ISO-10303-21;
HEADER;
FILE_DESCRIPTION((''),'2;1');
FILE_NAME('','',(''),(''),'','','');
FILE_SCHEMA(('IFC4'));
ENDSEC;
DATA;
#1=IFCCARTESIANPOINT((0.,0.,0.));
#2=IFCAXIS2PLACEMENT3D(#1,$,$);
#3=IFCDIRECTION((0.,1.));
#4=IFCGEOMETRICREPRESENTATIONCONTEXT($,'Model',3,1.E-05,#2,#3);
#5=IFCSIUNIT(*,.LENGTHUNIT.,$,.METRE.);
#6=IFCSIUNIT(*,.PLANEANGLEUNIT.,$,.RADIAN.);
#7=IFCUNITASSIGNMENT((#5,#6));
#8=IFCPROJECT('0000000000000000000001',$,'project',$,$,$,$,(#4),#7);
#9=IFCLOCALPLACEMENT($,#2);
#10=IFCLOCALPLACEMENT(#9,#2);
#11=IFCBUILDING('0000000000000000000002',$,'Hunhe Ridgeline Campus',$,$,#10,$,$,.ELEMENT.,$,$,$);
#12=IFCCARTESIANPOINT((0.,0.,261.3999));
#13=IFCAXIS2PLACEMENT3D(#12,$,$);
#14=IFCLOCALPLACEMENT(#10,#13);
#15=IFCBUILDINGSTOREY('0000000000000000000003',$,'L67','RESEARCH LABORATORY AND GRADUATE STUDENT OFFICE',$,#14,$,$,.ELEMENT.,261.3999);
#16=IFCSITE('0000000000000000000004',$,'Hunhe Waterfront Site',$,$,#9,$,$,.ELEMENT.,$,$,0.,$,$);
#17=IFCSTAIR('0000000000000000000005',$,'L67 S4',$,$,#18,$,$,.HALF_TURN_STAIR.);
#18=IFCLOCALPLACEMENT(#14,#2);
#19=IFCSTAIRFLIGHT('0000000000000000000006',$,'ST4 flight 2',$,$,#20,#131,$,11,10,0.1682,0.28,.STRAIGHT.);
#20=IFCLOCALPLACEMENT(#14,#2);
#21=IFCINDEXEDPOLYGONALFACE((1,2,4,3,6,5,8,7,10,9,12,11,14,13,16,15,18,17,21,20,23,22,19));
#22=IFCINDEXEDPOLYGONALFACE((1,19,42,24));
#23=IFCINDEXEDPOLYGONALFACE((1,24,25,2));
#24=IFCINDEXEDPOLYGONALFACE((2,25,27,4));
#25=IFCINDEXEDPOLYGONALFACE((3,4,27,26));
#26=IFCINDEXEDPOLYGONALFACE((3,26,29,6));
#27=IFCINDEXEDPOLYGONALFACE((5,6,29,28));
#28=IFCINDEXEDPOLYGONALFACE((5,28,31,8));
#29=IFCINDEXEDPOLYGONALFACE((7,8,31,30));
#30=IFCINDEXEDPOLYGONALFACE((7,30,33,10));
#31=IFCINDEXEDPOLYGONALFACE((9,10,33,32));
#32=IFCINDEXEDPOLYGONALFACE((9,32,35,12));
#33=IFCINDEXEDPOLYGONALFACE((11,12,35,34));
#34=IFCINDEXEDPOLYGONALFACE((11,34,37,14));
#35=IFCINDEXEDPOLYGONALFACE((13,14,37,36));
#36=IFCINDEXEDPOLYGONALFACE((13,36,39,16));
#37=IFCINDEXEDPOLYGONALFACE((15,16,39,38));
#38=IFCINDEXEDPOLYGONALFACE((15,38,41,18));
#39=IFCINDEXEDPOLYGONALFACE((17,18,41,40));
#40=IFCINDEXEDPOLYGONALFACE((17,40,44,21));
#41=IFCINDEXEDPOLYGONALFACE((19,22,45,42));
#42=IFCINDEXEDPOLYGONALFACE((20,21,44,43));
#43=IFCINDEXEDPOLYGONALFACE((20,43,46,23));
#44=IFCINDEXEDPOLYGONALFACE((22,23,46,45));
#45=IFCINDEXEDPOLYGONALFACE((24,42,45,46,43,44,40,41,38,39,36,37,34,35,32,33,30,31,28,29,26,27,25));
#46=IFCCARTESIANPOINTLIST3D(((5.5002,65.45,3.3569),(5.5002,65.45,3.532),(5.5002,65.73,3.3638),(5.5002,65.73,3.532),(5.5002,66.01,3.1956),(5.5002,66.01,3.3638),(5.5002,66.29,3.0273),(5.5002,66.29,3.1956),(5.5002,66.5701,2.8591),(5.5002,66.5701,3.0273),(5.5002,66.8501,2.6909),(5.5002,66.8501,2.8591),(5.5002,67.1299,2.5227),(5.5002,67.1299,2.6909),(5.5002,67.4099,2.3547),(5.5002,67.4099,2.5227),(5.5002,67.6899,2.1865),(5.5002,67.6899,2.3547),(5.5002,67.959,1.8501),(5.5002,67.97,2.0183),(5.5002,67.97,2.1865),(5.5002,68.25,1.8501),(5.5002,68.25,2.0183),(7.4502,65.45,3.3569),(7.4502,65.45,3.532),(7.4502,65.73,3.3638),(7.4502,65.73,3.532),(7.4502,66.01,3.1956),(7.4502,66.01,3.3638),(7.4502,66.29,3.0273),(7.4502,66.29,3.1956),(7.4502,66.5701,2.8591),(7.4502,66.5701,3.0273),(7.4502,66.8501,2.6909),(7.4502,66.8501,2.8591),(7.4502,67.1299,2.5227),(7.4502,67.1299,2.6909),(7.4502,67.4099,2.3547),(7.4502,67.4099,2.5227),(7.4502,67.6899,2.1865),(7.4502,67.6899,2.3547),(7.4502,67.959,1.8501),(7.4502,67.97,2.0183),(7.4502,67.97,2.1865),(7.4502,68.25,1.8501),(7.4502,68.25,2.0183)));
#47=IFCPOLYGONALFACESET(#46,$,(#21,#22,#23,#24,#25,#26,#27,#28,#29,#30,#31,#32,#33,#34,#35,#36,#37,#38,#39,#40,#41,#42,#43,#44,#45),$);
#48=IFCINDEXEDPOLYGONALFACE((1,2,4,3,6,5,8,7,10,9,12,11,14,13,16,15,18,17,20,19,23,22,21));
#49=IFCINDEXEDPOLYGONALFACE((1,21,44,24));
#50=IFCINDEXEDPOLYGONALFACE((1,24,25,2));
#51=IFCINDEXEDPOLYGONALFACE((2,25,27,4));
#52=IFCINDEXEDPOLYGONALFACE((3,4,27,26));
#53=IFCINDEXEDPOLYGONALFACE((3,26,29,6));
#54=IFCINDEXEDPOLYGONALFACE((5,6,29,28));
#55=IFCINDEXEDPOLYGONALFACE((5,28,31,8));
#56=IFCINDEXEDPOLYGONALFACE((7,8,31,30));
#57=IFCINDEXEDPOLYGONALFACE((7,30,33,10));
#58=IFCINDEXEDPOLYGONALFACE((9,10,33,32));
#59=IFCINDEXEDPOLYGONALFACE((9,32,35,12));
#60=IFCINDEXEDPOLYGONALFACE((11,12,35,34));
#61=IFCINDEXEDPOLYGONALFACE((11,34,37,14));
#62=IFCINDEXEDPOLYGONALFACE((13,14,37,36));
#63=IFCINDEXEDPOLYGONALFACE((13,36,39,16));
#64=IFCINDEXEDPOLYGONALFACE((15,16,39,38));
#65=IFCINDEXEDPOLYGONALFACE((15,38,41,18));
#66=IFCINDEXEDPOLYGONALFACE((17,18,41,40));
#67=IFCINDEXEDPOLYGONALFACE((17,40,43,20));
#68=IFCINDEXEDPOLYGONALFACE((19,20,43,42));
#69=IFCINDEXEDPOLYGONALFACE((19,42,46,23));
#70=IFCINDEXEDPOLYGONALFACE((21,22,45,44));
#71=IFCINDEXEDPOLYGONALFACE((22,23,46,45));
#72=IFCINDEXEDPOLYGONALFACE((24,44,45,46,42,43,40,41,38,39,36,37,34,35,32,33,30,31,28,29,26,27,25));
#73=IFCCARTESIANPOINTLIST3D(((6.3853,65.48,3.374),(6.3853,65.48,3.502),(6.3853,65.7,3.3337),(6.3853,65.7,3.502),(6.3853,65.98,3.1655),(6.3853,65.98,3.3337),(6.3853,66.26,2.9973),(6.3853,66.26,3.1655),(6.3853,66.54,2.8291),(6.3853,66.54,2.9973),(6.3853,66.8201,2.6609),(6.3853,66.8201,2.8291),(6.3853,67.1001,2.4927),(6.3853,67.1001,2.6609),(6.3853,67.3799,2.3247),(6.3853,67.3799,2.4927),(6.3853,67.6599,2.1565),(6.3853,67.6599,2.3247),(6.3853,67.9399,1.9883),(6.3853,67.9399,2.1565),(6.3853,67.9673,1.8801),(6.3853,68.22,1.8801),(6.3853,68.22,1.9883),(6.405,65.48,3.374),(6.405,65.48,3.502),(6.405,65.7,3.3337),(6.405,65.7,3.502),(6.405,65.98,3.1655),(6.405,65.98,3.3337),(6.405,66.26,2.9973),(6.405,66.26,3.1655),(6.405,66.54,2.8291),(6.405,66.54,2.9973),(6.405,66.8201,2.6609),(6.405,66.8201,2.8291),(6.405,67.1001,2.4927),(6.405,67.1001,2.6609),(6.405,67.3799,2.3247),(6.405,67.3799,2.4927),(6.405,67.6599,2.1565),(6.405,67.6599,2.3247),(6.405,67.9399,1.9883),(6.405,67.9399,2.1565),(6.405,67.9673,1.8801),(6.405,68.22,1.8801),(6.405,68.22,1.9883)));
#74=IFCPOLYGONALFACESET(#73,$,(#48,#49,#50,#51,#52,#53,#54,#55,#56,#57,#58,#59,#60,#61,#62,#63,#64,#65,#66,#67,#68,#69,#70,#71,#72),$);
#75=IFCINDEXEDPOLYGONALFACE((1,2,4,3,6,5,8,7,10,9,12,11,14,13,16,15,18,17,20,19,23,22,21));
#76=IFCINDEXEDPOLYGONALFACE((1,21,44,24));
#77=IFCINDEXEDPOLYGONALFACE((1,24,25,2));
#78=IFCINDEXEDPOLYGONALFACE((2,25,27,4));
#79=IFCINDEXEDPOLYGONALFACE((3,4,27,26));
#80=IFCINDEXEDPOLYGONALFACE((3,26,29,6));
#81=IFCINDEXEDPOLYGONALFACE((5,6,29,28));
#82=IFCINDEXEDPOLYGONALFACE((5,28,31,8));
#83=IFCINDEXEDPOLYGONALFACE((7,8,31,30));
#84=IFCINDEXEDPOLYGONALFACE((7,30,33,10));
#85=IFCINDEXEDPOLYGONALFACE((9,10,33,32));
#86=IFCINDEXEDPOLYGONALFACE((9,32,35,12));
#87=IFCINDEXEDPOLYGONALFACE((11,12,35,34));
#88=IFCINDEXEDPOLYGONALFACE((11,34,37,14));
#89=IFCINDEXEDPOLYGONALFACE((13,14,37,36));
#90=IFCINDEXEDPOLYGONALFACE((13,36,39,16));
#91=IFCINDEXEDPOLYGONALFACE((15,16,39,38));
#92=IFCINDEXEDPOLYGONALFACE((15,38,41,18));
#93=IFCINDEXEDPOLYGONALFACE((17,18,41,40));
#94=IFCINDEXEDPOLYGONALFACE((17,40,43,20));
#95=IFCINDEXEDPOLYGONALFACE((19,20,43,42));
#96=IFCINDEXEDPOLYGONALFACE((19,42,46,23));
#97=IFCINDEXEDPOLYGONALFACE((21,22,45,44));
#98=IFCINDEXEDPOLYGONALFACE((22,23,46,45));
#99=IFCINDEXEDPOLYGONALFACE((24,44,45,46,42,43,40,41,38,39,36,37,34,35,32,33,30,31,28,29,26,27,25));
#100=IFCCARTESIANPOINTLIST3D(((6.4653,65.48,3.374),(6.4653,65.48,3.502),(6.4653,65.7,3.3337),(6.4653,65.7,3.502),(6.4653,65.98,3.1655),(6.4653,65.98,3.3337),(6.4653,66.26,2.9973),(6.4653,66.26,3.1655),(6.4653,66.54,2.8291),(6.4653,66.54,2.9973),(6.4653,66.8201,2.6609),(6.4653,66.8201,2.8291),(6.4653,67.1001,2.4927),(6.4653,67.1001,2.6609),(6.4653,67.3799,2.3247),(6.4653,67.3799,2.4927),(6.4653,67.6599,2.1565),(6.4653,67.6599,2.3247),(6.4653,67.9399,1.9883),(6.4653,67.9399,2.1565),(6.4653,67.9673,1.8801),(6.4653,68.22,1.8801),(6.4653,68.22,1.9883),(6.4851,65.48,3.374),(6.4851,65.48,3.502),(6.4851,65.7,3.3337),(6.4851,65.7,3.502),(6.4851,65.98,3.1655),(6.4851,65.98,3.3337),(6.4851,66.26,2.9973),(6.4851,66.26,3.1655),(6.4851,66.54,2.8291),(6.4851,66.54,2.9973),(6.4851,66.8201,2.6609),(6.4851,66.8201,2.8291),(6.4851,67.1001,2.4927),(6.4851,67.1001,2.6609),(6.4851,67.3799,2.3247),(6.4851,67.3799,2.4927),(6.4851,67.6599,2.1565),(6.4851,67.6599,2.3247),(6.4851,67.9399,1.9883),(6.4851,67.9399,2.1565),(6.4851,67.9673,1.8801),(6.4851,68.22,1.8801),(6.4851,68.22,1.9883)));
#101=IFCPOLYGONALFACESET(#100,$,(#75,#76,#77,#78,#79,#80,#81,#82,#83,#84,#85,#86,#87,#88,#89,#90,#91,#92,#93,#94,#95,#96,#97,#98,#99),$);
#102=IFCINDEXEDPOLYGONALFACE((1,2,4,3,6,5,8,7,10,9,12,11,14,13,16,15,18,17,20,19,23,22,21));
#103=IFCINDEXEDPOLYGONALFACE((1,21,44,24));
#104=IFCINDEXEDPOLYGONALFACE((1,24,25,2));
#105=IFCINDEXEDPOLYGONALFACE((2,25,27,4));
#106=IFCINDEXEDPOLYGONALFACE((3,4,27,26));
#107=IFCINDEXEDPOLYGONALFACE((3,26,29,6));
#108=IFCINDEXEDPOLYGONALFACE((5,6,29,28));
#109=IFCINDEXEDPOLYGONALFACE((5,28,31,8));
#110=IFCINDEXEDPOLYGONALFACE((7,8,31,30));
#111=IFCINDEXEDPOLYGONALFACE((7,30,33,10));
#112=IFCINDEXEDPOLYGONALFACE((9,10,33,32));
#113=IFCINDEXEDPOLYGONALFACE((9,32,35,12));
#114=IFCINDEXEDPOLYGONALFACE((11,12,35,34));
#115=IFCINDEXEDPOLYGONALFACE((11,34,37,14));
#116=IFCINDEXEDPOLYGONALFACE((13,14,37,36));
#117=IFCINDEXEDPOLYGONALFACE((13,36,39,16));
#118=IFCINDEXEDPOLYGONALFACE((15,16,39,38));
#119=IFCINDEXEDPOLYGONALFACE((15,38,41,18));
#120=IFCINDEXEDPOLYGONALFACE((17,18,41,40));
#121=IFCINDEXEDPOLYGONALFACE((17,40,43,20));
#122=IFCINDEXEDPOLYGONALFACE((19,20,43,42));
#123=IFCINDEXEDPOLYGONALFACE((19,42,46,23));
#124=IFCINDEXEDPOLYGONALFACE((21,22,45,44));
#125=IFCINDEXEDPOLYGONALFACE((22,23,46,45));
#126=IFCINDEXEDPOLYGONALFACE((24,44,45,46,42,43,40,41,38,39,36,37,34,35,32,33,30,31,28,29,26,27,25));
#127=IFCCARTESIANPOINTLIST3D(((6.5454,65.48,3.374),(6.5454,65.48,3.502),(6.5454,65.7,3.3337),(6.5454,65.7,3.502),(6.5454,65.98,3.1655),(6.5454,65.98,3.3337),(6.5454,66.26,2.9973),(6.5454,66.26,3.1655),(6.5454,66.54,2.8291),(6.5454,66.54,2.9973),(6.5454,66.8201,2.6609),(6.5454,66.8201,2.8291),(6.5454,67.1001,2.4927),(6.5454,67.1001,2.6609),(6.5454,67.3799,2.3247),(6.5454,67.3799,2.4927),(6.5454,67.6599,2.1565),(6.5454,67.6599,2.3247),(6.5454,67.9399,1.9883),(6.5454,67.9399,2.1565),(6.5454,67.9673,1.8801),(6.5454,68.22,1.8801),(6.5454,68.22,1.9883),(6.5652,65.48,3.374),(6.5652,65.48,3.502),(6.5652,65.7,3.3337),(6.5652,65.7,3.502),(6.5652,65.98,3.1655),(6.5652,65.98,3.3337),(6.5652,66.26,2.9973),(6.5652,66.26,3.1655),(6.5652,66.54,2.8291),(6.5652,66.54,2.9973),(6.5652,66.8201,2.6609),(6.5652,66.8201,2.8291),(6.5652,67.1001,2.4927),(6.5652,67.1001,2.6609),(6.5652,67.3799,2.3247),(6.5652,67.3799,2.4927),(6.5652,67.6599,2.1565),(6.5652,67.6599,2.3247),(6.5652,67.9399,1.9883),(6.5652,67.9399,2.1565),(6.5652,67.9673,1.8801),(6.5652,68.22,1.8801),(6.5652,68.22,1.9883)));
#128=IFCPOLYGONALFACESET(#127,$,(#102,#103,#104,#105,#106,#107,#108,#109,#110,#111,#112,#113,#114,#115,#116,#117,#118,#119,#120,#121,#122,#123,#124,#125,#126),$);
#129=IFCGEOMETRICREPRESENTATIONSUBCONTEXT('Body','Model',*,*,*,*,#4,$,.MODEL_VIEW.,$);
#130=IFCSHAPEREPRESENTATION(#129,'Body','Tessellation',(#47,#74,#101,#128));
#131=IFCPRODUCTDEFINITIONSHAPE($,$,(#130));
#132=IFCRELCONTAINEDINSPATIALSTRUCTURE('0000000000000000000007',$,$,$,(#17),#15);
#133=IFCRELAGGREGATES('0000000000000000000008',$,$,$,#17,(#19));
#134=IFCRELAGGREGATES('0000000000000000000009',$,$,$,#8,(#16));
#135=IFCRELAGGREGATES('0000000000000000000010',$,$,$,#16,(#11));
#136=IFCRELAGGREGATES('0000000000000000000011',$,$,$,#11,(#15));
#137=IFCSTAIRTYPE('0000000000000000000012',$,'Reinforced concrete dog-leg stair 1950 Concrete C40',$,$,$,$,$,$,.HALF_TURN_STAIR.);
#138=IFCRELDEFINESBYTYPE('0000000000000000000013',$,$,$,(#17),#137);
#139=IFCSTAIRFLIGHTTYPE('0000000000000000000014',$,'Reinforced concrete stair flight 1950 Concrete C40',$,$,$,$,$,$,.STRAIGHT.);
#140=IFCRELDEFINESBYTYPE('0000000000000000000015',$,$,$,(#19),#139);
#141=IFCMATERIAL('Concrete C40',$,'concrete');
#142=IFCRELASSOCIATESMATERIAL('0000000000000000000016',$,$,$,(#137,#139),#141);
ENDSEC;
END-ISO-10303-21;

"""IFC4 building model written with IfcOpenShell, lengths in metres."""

from ifc_helpers import new_model, si_unit, direction, frame, origin, place, context, subcontext, project, spatial, polyline, outline, extrude, material, type_object, element, aggregate, save


model = new_model("IFC4")

# Units and contexts
model_context = context("Model", 3, precision=1e-05, world=origin(), true_north=direction((0.0, 1.0)))
body_context = subcontext(model_context, "Body", "Model", "MODEL_VIEW")
ifc_project = project(units=[si_unit("LENGTHUNIT", "METRE"), si_unit("PLANEANGLEUNIT", "RADIAN")], contexts=[model_context])

# Site, building, storey
site_placement = place(None, origin())
site = spatial("IfcSite", under=ifc_project, at=site_placement, Name="Hunhe Waterfront Site", CompositionType="ELEMENT", RefElevation=0.0)
building_placement = place(site_placement, origin())
building = spatial("IfcBuilding", under=site, at=building_placement, Name="Hunhe Ridgeline Campus", CompositionType="ELEMENT")
storey_placement = place(building_placement, frame((0.0, 0.0, 261.3999)))
storey = spatial("IfcBuildingStorey", under=building, at=storey_placement, Name="L67", Description="RESEARCH LABORATORY AND GRADUATE STUDENT OFFICE", CompositionType="ELEMENT", Elevation=261.3999)

# Stair, stair flight
ifc_material_1 = material(Name="Concrete C40", Category="concrete")
stair_type = type_object("IfcStairType", Name="Reinforced concrete dog-leg stair 1950 Concrete C40", PredefinedType="HALF_TURN_STAIR", material=ifc_material_1)
stair_placement = place(storey_placement, origin())
stair = element("IfcStair", 1, at=stair_placement, inside=storey, type_object=stair_type, Name="L67 S4", PredefinedType="HALF_TURN_STAIR")
stair_flight_type = type_object("IfcStairFlightType", Name="Reinforced concrete stair flight 1950 Concrete C40", PredefinedType="STRAIGHT", material=ifc_material_1)
stair_flight_placement = place(storey_placement, frame((6.4751, 68.25, 1.8501), z_axis=(0.0, 0.0, 1.0), x_axis=(0.0, -1.0, 0.0)))
stair_flight = element("IfcStairFlight", 2, at=stair_flight_placement, type_object=stair_flight_type, Name="ST4 flight 2", NumberOfRisers=11, NumberOfTreads=10, PredefinedType="STRAIGHT", RiserHeight=0.1682, TreadLength=0.28, context=body_context, shape_type="SweptSolid", body=[
    extrude(outline(polyline([(0.0, 0.0), (0.0, 0.1682), (0.28, 0.1682), (0.28, 0.3364), (0.5601, 0.3364), (0.5601, 0.5046), (0.8401, 0.5046), (0.8401, 0.6726), (1.1201, 0.6726), (1.1201, 0.8408), (1.3999, 0.8408), (1.3999, 1.009), (1.6799, 1.009), (1.6799, 1.1772), (1.96, 1.1772), (1.96, 1.3455), (2.24, 1.3455), (2.24, 1.5137), (2.52, 1.5137), (2.52, 1.6819), (2.8, 1.6819), (2.8, 1.8501), (2.8, 1.5068), (0.291, 0.0), (0.0, 0.0)])), frame((0.0, 0.9751, 0.0), z_axis=(0.0, -1.0, 0.0), x_axis=(1.0, 0.0, 0.0)), (0.0, 0.0, 1.0), 1.95),
    extrude(outline(polyline([(0.03, 0.03), (0.03, 0.1382), (0.3101, 0.1382), (0.3101, 0.3064), (0.5901, 0.3064), (0.5901, 0.4746), (0.8701, 0.4746), (0.8701, 0.6426), (1.1499, 0.6426), (1.1499, 0.8108), (1.4299, 0.8108), (1.4299, 0.979), (1.71, 0.979), (1.71, 1.1472), (1.99, 1.1472), (1.99, 1.3154), (2.27, 1.3154), (2.27, 1.4836), (2.55, 1.4836), (2.55, 1.6519), (2.77, 1.6519), (2.77, 1.5239), (0.2827, 0.03), (0.03, 0.03)])), frame((0.0, -0.0701, 0.0), z_axis=(0.0, -1.0, 0.0), x_axis=(1.0, 0.0, 0.0)), (0.0, 0.0, 1.0), 0.0198),
    extrude(outline(polyline([(0.03, 0.03), (0.03, 0.1382), (0.3101, 0.1382), (0.3101, 0.3064), (0.5901, 0.3064), (0.5901, 0.4746), (0.8701, 0.4746), (0.8701, 0.6426), (1.1499, 0.6426), (1.1499, 0.8108), (1.4299, 0.8108), (1.4299, 0.979), (1.71, 0.979), (1.71, 1.1472), (1.99, 1.1472), (1.99, 1.3154), (2.27, 1.3154), (2.27, 1.4836), (2.55, 1.4836), (2.55, 1.6519), (2.77, 1.6519), (2.77, 1.5239), (0.2827, 0.03), (0.03, 0.03)])), frame((0.0, 0.01, 0.0), z_axis=(0.0, -1.0, 0.0), x_axis=(1.0, 0.0, 0.0)), (0.0, 0.0, 1.0), 0.0198),
    extrude(outline(polyline([(0.03, 0.03), (0.03, 0.1382), (0.3101, 0.1382), (0.3101, 0.3064), (0.5901, 0.3064), (0.5901, 0.4746), (0.8701, 0.4746), (0.8701, 0.6426), (1.1499, 0.6426), (1.1499, 0.8108), (1.4299, 0.8108), (1.4299, 0.979), (1.71, 0.979), (1.71, 1.1472), (1.99, 1.1472), (1.99, 1.3154), (2.27, 1.3154), (2.27, 1.4836), (2.55, 1.4836), (2.55, 1.6519), (2.77, 1.6519), (2.77, 1.5239), (0.2827, 0.03), (0.03, 0.03)])), frame((0.0, 0.0901, 0.0), z_axis=(0.0, -1.0, 0.0), x_axis=(1.0, 0.0, 0.0)), (0.0, 0.0, 1.0), 0.0198),
])
aggregate(stair, [stair_flight])

save(model, "model.ifc")
